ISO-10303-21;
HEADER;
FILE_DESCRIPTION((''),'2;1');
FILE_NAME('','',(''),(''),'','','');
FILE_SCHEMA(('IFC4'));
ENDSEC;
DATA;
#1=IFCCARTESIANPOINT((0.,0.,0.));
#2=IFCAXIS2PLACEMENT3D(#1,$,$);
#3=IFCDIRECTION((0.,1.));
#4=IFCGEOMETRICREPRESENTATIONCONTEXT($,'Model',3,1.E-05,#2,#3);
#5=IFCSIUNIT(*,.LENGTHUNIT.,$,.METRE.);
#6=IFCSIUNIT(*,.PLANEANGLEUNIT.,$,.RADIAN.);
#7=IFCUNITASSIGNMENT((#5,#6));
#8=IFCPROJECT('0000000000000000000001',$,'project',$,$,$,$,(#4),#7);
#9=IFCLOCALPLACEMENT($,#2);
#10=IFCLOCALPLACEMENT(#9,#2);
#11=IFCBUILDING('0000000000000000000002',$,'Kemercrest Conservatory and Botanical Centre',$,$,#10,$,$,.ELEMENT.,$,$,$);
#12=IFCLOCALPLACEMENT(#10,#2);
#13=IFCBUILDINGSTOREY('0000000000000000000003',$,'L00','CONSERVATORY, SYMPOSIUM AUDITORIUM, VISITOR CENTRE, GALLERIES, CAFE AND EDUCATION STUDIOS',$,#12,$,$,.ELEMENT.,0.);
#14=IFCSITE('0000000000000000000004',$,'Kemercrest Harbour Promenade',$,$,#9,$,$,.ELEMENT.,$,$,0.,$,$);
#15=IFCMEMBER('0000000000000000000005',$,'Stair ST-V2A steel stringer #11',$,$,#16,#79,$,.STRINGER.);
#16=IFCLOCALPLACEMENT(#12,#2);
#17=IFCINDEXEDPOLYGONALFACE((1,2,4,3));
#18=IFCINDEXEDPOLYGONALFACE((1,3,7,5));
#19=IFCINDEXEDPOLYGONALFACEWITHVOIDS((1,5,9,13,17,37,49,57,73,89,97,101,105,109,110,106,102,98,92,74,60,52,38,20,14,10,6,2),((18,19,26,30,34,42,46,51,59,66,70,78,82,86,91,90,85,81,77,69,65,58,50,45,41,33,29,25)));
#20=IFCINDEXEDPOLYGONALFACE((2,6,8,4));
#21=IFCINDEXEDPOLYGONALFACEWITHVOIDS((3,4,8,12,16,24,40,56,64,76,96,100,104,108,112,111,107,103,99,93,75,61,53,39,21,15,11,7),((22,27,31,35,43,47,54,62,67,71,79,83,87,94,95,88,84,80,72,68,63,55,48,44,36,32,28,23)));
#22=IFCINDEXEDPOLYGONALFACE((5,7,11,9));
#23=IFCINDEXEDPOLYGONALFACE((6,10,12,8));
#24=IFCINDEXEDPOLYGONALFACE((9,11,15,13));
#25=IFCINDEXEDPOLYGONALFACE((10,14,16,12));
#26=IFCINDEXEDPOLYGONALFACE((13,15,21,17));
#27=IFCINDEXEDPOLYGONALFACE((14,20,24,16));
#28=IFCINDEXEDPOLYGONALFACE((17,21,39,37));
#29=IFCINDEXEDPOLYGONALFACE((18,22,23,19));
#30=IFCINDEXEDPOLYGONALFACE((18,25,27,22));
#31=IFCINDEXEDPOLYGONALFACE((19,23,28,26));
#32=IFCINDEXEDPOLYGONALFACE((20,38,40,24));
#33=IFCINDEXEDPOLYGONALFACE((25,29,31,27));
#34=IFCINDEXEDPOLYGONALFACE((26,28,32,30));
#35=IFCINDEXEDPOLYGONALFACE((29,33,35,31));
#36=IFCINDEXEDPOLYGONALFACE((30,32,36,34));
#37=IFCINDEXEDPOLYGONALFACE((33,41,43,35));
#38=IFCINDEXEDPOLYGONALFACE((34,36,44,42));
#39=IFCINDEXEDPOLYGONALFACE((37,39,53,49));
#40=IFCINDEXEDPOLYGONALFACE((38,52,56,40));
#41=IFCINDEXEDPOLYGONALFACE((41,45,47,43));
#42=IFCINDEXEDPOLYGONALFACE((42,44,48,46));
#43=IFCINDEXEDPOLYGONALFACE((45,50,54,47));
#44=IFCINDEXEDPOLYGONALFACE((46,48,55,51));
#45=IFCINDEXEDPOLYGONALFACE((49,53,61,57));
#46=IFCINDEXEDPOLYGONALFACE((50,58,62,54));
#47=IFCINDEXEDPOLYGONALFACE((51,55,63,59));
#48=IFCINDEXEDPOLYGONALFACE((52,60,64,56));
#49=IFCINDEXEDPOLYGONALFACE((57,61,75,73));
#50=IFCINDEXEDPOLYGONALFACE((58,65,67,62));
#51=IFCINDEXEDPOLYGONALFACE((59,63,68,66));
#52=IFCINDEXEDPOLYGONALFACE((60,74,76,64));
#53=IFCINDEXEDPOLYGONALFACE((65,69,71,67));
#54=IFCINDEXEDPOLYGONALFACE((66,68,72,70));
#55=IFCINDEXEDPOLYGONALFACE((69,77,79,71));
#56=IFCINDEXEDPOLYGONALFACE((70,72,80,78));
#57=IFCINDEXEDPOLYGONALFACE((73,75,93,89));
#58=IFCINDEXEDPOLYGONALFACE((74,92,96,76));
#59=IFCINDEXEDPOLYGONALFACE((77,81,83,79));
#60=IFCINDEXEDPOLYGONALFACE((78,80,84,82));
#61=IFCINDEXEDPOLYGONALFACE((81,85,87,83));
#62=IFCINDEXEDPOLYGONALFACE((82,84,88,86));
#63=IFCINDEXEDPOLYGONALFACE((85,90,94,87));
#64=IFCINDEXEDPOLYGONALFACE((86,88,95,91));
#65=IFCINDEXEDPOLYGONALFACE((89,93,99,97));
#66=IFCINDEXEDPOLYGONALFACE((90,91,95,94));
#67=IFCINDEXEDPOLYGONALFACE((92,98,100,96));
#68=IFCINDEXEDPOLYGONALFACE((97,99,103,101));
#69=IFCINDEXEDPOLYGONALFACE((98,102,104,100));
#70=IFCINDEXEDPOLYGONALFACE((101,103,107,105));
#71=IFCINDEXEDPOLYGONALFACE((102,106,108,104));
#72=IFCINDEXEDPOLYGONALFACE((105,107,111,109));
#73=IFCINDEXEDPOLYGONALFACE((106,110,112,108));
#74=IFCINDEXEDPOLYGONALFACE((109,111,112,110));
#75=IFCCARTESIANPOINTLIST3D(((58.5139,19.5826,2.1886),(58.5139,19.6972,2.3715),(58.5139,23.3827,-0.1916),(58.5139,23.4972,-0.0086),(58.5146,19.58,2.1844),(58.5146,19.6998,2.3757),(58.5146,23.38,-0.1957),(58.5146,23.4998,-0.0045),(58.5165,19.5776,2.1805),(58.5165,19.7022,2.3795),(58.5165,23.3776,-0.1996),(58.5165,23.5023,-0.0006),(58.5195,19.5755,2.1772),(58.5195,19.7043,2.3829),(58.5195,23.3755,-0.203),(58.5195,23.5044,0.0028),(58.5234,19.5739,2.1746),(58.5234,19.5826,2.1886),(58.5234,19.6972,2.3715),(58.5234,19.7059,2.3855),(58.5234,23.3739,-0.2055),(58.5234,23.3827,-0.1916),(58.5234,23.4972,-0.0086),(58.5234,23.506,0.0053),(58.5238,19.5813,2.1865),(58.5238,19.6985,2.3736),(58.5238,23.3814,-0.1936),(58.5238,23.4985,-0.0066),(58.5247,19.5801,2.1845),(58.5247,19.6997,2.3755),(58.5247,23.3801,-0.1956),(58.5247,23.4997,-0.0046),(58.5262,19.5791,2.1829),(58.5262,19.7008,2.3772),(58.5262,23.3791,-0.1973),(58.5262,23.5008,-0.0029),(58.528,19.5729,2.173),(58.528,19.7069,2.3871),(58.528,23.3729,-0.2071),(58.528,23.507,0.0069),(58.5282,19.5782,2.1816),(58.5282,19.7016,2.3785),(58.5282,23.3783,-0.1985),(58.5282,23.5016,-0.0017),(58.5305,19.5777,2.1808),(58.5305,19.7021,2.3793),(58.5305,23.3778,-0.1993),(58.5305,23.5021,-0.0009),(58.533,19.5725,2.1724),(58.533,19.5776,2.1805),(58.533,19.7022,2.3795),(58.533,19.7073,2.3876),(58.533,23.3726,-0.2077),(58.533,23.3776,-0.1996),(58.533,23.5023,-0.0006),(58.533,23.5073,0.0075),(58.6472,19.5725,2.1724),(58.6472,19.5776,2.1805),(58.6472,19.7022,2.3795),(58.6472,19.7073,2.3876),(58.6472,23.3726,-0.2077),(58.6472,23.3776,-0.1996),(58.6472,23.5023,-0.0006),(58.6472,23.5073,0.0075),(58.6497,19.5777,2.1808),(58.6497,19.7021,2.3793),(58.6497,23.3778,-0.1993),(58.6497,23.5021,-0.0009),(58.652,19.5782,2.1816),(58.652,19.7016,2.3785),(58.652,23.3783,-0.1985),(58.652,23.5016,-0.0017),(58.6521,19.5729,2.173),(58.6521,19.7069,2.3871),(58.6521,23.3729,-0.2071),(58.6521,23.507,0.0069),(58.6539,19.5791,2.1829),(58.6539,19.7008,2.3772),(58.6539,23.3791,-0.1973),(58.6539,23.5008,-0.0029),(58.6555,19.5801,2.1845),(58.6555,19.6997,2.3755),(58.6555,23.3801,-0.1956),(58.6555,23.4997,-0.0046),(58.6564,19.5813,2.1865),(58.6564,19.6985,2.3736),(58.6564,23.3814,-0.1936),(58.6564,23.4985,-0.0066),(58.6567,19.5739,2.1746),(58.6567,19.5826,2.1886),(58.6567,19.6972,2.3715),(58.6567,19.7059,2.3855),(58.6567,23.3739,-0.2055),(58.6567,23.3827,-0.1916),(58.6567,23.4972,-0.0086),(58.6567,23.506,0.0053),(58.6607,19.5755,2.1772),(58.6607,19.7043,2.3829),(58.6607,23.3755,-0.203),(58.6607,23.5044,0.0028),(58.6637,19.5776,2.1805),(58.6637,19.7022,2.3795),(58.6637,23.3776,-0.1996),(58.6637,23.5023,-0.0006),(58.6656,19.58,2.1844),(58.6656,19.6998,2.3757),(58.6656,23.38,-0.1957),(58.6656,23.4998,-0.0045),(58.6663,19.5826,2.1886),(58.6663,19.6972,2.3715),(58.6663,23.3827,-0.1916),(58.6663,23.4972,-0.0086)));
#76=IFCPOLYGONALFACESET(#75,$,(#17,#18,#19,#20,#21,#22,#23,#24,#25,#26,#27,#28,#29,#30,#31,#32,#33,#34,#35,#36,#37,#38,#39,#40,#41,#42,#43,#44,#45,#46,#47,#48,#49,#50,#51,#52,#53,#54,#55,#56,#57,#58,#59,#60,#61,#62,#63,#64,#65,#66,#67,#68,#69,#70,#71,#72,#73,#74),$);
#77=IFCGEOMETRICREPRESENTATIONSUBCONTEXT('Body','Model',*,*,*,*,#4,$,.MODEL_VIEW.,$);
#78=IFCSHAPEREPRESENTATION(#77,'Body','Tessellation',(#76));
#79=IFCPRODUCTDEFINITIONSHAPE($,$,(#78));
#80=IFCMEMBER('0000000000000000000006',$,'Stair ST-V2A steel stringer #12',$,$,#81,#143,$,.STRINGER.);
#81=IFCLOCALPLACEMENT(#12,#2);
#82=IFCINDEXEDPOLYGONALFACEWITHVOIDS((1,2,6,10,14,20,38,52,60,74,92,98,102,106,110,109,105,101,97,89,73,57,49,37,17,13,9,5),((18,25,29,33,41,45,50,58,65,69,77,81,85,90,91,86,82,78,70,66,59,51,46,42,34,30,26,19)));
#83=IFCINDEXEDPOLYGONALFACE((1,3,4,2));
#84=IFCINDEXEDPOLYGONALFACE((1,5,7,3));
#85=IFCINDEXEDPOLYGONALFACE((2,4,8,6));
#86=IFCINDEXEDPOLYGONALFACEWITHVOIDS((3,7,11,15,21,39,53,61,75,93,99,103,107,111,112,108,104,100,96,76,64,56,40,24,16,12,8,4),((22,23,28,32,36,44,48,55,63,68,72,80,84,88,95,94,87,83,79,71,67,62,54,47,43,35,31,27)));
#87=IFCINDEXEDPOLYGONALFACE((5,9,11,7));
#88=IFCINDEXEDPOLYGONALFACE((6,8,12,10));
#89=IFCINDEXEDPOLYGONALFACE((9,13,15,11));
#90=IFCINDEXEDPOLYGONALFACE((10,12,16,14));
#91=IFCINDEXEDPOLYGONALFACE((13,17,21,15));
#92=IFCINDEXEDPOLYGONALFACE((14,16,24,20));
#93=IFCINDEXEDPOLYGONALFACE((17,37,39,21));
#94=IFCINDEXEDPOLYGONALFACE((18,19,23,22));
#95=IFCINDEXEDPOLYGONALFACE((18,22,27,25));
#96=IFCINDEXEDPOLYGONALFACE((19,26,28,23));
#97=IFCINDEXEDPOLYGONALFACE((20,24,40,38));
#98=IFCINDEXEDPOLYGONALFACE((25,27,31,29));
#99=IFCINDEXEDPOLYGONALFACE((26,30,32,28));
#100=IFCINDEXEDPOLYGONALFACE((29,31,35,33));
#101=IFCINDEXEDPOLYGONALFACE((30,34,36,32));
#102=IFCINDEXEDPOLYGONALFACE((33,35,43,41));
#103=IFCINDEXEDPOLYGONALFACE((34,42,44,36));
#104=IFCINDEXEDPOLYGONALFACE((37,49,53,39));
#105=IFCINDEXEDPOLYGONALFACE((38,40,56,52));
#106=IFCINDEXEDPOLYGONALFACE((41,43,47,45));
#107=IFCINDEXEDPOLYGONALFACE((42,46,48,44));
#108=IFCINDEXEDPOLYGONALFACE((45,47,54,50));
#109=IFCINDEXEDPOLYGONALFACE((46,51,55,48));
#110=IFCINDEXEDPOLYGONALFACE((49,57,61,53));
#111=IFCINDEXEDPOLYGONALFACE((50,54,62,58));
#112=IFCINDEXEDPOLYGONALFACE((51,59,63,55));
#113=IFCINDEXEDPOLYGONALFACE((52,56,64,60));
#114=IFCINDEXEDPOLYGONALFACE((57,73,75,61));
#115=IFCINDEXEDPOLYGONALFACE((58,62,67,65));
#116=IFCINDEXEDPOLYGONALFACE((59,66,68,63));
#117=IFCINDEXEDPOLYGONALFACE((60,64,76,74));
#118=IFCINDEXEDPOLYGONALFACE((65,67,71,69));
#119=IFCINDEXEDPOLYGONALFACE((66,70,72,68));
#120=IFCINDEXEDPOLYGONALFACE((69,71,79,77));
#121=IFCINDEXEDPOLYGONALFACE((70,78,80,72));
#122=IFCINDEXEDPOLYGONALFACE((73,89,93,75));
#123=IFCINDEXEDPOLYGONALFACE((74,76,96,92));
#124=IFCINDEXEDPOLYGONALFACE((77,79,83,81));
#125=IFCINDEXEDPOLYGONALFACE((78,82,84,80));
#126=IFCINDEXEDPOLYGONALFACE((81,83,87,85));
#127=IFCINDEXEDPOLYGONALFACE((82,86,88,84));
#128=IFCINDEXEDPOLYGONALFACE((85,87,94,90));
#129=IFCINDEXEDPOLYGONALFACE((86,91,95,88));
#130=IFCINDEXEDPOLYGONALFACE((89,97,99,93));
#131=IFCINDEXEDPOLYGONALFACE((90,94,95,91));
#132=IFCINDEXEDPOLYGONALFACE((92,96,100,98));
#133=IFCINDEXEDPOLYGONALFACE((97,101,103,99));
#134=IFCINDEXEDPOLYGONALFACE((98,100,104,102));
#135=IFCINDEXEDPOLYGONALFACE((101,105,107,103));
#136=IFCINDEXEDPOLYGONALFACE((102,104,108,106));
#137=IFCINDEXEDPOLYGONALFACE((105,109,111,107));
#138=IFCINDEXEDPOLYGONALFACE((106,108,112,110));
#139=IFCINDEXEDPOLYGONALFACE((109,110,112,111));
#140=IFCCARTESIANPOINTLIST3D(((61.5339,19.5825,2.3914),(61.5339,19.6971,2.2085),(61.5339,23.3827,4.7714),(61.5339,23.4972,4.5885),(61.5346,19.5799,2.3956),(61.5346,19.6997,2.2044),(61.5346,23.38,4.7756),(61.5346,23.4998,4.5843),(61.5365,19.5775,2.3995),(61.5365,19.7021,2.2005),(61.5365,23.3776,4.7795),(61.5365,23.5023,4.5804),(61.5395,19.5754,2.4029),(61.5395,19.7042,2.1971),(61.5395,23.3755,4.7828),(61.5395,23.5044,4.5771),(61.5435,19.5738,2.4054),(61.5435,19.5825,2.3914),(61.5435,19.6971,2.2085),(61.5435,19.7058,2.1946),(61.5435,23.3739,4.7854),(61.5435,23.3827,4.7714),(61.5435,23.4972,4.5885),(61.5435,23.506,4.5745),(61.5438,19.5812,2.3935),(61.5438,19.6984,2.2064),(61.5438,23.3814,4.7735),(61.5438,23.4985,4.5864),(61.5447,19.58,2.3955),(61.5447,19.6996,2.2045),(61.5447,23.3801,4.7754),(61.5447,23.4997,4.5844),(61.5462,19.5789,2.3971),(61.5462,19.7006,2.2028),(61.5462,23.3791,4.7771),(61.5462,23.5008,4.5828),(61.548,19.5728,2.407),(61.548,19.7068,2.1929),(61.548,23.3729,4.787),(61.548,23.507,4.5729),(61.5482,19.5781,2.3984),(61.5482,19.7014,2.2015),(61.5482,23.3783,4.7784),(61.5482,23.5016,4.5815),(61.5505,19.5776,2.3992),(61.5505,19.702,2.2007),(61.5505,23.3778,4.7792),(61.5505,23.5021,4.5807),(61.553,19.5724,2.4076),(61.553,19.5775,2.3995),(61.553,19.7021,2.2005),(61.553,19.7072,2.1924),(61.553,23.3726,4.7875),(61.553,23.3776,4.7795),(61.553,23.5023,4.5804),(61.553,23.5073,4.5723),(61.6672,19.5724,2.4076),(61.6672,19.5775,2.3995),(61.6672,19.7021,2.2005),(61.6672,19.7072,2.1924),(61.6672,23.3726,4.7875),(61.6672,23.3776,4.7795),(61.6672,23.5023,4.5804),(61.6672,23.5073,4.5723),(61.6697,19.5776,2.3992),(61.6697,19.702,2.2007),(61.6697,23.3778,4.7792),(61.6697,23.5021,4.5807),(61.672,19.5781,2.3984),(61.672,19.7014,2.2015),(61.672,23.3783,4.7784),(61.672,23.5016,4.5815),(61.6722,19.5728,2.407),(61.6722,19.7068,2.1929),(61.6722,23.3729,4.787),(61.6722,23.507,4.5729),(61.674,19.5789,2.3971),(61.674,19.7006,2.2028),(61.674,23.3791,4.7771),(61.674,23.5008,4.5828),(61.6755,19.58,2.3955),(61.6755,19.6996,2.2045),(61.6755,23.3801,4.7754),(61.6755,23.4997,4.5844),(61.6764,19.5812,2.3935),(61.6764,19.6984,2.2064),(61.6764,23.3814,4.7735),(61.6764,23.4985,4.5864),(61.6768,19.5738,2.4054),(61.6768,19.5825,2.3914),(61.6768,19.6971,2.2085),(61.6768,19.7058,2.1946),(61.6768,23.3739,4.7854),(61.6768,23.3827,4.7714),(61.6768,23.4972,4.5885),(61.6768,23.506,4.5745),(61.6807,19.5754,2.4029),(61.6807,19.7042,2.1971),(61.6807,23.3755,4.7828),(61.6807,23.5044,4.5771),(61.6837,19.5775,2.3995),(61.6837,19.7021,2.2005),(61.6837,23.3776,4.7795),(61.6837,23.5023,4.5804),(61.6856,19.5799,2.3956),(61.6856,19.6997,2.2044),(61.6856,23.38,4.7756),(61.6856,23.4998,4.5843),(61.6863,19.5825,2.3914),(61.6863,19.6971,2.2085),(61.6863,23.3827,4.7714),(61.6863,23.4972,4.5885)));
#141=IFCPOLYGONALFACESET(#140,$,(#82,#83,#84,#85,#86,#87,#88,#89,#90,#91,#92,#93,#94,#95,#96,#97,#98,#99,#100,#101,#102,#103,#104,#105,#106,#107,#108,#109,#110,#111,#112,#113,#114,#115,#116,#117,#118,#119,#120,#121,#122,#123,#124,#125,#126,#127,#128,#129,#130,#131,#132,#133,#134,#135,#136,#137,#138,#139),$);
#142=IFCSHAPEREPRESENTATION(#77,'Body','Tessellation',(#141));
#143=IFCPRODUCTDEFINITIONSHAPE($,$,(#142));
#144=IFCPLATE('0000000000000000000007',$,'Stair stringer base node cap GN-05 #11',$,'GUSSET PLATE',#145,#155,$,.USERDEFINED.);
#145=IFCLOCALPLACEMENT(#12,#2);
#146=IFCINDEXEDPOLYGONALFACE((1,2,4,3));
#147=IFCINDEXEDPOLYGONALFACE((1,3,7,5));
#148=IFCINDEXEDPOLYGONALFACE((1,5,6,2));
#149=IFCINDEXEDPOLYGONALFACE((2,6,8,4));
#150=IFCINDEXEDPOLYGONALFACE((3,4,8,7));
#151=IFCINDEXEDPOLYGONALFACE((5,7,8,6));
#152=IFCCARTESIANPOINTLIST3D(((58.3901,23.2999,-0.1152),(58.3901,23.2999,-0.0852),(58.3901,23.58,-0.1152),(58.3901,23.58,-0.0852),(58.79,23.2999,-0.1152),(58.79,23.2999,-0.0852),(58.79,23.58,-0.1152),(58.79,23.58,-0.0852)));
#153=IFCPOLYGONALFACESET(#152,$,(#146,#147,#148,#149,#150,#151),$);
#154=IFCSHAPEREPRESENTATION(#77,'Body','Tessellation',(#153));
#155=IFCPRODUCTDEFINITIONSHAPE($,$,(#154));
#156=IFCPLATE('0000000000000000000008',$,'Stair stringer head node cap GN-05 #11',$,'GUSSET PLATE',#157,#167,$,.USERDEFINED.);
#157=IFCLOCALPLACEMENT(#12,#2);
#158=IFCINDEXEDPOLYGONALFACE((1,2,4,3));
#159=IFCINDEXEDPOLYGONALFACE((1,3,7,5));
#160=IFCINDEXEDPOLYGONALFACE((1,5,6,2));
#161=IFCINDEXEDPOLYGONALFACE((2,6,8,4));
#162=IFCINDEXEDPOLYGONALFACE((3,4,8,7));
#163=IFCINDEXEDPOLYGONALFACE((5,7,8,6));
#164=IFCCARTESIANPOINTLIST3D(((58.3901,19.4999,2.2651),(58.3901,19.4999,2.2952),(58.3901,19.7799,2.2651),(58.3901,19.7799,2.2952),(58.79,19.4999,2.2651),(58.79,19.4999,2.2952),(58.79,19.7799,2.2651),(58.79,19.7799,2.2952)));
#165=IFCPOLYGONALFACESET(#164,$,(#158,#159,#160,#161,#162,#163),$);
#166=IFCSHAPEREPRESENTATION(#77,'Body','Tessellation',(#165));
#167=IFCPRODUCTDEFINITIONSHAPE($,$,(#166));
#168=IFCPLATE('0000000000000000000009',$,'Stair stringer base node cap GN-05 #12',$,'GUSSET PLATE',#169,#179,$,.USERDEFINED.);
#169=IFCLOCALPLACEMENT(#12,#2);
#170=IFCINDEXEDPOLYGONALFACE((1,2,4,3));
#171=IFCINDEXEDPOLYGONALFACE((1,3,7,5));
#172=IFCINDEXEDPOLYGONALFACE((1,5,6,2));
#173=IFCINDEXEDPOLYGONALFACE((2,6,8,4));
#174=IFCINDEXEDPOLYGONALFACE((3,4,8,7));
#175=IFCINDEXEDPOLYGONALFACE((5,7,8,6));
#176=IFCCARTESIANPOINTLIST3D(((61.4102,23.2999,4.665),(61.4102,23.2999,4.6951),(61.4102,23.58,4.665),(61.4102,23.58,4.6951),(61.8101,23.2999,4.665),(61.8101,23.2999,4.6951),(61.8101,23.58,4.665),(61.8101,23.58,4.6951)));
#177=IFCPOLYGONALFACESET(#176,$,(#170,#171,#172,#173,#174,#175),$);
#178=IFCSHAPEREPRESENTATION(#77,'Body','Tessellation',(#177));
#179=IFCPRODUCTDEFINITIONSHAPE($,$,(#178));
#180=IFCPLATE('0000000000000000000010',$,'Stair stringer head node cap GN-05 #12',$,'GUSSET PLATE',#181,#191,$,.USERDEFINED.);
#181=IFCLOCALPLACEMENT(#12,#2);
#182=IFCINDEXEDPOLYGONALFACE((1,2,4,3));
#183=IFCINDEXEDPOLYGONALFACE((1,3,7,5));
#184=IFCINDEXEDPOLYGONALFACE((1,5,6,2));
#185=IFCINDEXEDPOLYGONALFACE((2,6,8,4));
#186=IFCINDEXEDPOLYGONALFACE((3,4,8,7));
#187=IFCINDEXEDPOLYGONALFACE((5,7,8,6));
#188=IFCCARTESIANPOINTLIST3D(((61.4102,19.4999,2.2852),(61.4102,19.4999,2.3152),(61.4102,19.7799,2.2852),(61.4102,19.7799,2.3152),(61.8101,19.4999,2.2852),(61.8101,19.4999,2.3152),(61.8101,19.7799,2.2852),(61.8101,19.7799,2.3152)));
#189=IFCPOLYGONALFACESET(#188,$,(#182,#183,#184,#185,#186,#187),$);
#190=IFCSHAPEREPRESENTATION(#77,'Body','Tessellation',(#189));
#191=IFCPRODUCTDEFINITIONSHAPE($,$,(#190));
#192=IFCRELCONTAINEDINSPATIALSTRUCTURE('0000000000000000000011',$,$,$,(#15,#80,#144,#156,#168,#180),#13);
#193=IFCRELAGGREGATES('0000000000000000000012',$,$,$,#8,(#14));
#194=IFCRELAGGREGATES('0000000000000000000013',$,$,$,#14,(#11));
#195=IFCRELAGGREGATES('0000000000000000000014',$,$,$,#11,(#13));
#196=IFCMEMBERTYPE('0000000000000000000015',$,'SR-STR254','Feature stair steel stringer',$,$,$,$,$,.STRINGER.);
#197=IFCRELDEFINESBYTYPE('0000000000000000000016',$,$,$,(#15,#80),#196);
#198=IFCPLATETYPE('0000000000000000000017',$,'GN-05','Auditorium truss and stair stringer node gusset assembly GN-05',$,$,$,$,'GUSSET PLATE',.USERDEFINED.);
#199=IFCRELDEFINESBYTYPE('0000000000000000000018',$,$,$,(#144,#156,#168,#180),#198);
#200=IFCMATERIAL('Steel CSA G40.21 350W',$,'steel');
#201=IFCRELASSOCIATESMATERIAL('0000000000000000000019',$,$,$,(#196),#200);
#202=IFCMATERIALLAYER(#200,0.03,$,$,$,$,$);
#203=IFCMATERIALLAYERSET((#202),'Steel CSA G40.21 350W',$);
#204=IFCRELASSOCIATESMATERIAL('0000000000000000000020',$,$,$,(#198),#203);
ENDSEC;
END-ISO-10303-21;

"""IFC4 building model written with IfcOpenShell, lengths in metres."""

from ifc_helpers import new_model, si_unit, direction, frame, origin, origin_2d, place, context, subcontext, project, spatial, rectangle, hollow_rectangle, extrude, material, layer, layer_set, material_profile, profile_set, type_object, element, save


model = new_model("IFC4")

# Units and contexts
model_context = context("Model", 3, precision=1e-05, world=origin(), true_north=direction((0.0, 1.0)))
body_context = subcontext(model_context, "Body", "Model", "MODEL_VIEW")
ifc_project = project(units=[si_unit("LENGTHUNIT", "METRE"), si_unit("PLANEANGLEUNIT", "RADIAN")], contexts=[model_context])

# Site, building, storey
site_placement = place(None, origin())
site = spatial("IfcSite", under=ifc_project, at=site_placement, Name="Kemercrest Harbour Promenade", CompositionType="ELEMENT", RefElevation=0.0)
building_placement = place(site_placement, origin())
building = spatial("IfcBuilding", under=site, at=building_placement, Name="Kemercrest Conservatory and Botanical Centre", CompositionType="ELEMENT")
storey_placement = place(building_placement, origin())
storey = spatial("IfcBuildingStorey", under=building, at=storey_placement, Name="L00", Description="CONSERVATORY, SYMPOSIUM AUDITORIUM, VISITOR CENTRE, GALLERIES, CAFE AND EDUCATION STUDIOS", CompositionType="ELEMENT", Elevation=0.0)

# Members
ifc_material_1 = material(Name="Steel CSA G40.21 350W", Category="steel")
ifc_material_profile_1 = material_profile(ifc_material_1, hollow_rectangle(XDim=0.1523, YDim=0.2539, WallThickness=0.0095, InnerFilletRadius=0.0095, OuterFilletRadius=0.019, at=origin_2d()), Name="HSS 254x152x9.5")
ifc_profile_set_1 = profile_set([ifc_material_profile_1], Name="Steel CSA G40.21 350W")
member_type = type_object("IfcMemberType", Name="SR-STR254", Description="Feature stair steel stringer", PredefinedType="STRINGER", material=ifc_profile_set_1)
for number, where, z_axis, x_axis, name in (
    (1, (58.5901, 23.4399, -0.1001), (0.0, -0.847487, 0.530816), (1.0, 0.0, 0.0), "Stair ST-V2A steel stringer #11"),
    (2, (61.6101, 23.4399, 4.6799), (0.0, -0.847512, -0.530777), (1.0, 0.0, 0.0), "Stair ST-V2A steel stringer #12"),
):
    element("IfcMember", number, at=place(storey_placement, frame(where, z_axis=z_axis, x_axis=x_axis)), inside=storey, type_object=member_type, Name=name, PredefinedType="STRINGER", context=body_context, shape_type="SweptSolid", body=[
        extrude(hollow_rectangle(XDim=0.1523, YDim=0.2539, WallThickness=0.0095, InnerFilletRadius=0.0095, OuterFilletRadius=0.019, at=origin_2d()), origin(), (0.0, 0.0, 1.0), 4.4839),
    ])

# Plates
ifc_layer_1 = layer(ifc_material_1, 0.03)
ifc_layer_set_1 = layer_set([ifc_layer_1], Name="Steel CSA G40.21 350W")
plate_type = type_object("IfcPlateType", Name="GN-05", Description="Auditorium truss and stair stringer node gusset assembly GN-05", ElementType="GUSSET PLATE", PredefinedType="USERDEFINED", material=ifc_layer_set_1)
for number, where, z_axis, x_axis, name in (
    (3, (58.5901, 23.4399, -0.1152), (0.0, 0.0, 1.0), (1.0, 0.0, 0.0), "Stair stringer base node cap GN-05 #11"),
    (4, (58.5901, 19.6399, 2.2651), (0.0, 0.0, 1.0), (1.0, 0.0, 0.0), "Stair stringer head node cap GN-05 #11"),
    (5, (61.6101, 23.4399, 4.665), (0.0, 0.0, 1.0), (1.0, 0.0, 0.0), "Stair stringer base node cap GN-05 #12"),
    (6, (61.6101, 19.6399, 2.2852), (0.0, 0.0, 1.0), (1.0, 0.0, 0.0), "Stair stringer head node cap GN-05 #12"),
):
    element("IfcPlate", number, at=place(storey_placement, frame(where, z_axis=z_axis, x_axis=x_axis)), inside=storey, type_object=plate_type, Name=name, ObjectType="GUSSET PLATE", PredefinedType="USERDEFINED", context=body_context, shape_type="SweptSolid", body=[
        extrude(rectangle(XDim=0.3999, YDim=0.28, at=origin_2d()), origin(), (0.0, 0.0, 1.0), 0.03),
    ])

save(model, "model.ifc")
